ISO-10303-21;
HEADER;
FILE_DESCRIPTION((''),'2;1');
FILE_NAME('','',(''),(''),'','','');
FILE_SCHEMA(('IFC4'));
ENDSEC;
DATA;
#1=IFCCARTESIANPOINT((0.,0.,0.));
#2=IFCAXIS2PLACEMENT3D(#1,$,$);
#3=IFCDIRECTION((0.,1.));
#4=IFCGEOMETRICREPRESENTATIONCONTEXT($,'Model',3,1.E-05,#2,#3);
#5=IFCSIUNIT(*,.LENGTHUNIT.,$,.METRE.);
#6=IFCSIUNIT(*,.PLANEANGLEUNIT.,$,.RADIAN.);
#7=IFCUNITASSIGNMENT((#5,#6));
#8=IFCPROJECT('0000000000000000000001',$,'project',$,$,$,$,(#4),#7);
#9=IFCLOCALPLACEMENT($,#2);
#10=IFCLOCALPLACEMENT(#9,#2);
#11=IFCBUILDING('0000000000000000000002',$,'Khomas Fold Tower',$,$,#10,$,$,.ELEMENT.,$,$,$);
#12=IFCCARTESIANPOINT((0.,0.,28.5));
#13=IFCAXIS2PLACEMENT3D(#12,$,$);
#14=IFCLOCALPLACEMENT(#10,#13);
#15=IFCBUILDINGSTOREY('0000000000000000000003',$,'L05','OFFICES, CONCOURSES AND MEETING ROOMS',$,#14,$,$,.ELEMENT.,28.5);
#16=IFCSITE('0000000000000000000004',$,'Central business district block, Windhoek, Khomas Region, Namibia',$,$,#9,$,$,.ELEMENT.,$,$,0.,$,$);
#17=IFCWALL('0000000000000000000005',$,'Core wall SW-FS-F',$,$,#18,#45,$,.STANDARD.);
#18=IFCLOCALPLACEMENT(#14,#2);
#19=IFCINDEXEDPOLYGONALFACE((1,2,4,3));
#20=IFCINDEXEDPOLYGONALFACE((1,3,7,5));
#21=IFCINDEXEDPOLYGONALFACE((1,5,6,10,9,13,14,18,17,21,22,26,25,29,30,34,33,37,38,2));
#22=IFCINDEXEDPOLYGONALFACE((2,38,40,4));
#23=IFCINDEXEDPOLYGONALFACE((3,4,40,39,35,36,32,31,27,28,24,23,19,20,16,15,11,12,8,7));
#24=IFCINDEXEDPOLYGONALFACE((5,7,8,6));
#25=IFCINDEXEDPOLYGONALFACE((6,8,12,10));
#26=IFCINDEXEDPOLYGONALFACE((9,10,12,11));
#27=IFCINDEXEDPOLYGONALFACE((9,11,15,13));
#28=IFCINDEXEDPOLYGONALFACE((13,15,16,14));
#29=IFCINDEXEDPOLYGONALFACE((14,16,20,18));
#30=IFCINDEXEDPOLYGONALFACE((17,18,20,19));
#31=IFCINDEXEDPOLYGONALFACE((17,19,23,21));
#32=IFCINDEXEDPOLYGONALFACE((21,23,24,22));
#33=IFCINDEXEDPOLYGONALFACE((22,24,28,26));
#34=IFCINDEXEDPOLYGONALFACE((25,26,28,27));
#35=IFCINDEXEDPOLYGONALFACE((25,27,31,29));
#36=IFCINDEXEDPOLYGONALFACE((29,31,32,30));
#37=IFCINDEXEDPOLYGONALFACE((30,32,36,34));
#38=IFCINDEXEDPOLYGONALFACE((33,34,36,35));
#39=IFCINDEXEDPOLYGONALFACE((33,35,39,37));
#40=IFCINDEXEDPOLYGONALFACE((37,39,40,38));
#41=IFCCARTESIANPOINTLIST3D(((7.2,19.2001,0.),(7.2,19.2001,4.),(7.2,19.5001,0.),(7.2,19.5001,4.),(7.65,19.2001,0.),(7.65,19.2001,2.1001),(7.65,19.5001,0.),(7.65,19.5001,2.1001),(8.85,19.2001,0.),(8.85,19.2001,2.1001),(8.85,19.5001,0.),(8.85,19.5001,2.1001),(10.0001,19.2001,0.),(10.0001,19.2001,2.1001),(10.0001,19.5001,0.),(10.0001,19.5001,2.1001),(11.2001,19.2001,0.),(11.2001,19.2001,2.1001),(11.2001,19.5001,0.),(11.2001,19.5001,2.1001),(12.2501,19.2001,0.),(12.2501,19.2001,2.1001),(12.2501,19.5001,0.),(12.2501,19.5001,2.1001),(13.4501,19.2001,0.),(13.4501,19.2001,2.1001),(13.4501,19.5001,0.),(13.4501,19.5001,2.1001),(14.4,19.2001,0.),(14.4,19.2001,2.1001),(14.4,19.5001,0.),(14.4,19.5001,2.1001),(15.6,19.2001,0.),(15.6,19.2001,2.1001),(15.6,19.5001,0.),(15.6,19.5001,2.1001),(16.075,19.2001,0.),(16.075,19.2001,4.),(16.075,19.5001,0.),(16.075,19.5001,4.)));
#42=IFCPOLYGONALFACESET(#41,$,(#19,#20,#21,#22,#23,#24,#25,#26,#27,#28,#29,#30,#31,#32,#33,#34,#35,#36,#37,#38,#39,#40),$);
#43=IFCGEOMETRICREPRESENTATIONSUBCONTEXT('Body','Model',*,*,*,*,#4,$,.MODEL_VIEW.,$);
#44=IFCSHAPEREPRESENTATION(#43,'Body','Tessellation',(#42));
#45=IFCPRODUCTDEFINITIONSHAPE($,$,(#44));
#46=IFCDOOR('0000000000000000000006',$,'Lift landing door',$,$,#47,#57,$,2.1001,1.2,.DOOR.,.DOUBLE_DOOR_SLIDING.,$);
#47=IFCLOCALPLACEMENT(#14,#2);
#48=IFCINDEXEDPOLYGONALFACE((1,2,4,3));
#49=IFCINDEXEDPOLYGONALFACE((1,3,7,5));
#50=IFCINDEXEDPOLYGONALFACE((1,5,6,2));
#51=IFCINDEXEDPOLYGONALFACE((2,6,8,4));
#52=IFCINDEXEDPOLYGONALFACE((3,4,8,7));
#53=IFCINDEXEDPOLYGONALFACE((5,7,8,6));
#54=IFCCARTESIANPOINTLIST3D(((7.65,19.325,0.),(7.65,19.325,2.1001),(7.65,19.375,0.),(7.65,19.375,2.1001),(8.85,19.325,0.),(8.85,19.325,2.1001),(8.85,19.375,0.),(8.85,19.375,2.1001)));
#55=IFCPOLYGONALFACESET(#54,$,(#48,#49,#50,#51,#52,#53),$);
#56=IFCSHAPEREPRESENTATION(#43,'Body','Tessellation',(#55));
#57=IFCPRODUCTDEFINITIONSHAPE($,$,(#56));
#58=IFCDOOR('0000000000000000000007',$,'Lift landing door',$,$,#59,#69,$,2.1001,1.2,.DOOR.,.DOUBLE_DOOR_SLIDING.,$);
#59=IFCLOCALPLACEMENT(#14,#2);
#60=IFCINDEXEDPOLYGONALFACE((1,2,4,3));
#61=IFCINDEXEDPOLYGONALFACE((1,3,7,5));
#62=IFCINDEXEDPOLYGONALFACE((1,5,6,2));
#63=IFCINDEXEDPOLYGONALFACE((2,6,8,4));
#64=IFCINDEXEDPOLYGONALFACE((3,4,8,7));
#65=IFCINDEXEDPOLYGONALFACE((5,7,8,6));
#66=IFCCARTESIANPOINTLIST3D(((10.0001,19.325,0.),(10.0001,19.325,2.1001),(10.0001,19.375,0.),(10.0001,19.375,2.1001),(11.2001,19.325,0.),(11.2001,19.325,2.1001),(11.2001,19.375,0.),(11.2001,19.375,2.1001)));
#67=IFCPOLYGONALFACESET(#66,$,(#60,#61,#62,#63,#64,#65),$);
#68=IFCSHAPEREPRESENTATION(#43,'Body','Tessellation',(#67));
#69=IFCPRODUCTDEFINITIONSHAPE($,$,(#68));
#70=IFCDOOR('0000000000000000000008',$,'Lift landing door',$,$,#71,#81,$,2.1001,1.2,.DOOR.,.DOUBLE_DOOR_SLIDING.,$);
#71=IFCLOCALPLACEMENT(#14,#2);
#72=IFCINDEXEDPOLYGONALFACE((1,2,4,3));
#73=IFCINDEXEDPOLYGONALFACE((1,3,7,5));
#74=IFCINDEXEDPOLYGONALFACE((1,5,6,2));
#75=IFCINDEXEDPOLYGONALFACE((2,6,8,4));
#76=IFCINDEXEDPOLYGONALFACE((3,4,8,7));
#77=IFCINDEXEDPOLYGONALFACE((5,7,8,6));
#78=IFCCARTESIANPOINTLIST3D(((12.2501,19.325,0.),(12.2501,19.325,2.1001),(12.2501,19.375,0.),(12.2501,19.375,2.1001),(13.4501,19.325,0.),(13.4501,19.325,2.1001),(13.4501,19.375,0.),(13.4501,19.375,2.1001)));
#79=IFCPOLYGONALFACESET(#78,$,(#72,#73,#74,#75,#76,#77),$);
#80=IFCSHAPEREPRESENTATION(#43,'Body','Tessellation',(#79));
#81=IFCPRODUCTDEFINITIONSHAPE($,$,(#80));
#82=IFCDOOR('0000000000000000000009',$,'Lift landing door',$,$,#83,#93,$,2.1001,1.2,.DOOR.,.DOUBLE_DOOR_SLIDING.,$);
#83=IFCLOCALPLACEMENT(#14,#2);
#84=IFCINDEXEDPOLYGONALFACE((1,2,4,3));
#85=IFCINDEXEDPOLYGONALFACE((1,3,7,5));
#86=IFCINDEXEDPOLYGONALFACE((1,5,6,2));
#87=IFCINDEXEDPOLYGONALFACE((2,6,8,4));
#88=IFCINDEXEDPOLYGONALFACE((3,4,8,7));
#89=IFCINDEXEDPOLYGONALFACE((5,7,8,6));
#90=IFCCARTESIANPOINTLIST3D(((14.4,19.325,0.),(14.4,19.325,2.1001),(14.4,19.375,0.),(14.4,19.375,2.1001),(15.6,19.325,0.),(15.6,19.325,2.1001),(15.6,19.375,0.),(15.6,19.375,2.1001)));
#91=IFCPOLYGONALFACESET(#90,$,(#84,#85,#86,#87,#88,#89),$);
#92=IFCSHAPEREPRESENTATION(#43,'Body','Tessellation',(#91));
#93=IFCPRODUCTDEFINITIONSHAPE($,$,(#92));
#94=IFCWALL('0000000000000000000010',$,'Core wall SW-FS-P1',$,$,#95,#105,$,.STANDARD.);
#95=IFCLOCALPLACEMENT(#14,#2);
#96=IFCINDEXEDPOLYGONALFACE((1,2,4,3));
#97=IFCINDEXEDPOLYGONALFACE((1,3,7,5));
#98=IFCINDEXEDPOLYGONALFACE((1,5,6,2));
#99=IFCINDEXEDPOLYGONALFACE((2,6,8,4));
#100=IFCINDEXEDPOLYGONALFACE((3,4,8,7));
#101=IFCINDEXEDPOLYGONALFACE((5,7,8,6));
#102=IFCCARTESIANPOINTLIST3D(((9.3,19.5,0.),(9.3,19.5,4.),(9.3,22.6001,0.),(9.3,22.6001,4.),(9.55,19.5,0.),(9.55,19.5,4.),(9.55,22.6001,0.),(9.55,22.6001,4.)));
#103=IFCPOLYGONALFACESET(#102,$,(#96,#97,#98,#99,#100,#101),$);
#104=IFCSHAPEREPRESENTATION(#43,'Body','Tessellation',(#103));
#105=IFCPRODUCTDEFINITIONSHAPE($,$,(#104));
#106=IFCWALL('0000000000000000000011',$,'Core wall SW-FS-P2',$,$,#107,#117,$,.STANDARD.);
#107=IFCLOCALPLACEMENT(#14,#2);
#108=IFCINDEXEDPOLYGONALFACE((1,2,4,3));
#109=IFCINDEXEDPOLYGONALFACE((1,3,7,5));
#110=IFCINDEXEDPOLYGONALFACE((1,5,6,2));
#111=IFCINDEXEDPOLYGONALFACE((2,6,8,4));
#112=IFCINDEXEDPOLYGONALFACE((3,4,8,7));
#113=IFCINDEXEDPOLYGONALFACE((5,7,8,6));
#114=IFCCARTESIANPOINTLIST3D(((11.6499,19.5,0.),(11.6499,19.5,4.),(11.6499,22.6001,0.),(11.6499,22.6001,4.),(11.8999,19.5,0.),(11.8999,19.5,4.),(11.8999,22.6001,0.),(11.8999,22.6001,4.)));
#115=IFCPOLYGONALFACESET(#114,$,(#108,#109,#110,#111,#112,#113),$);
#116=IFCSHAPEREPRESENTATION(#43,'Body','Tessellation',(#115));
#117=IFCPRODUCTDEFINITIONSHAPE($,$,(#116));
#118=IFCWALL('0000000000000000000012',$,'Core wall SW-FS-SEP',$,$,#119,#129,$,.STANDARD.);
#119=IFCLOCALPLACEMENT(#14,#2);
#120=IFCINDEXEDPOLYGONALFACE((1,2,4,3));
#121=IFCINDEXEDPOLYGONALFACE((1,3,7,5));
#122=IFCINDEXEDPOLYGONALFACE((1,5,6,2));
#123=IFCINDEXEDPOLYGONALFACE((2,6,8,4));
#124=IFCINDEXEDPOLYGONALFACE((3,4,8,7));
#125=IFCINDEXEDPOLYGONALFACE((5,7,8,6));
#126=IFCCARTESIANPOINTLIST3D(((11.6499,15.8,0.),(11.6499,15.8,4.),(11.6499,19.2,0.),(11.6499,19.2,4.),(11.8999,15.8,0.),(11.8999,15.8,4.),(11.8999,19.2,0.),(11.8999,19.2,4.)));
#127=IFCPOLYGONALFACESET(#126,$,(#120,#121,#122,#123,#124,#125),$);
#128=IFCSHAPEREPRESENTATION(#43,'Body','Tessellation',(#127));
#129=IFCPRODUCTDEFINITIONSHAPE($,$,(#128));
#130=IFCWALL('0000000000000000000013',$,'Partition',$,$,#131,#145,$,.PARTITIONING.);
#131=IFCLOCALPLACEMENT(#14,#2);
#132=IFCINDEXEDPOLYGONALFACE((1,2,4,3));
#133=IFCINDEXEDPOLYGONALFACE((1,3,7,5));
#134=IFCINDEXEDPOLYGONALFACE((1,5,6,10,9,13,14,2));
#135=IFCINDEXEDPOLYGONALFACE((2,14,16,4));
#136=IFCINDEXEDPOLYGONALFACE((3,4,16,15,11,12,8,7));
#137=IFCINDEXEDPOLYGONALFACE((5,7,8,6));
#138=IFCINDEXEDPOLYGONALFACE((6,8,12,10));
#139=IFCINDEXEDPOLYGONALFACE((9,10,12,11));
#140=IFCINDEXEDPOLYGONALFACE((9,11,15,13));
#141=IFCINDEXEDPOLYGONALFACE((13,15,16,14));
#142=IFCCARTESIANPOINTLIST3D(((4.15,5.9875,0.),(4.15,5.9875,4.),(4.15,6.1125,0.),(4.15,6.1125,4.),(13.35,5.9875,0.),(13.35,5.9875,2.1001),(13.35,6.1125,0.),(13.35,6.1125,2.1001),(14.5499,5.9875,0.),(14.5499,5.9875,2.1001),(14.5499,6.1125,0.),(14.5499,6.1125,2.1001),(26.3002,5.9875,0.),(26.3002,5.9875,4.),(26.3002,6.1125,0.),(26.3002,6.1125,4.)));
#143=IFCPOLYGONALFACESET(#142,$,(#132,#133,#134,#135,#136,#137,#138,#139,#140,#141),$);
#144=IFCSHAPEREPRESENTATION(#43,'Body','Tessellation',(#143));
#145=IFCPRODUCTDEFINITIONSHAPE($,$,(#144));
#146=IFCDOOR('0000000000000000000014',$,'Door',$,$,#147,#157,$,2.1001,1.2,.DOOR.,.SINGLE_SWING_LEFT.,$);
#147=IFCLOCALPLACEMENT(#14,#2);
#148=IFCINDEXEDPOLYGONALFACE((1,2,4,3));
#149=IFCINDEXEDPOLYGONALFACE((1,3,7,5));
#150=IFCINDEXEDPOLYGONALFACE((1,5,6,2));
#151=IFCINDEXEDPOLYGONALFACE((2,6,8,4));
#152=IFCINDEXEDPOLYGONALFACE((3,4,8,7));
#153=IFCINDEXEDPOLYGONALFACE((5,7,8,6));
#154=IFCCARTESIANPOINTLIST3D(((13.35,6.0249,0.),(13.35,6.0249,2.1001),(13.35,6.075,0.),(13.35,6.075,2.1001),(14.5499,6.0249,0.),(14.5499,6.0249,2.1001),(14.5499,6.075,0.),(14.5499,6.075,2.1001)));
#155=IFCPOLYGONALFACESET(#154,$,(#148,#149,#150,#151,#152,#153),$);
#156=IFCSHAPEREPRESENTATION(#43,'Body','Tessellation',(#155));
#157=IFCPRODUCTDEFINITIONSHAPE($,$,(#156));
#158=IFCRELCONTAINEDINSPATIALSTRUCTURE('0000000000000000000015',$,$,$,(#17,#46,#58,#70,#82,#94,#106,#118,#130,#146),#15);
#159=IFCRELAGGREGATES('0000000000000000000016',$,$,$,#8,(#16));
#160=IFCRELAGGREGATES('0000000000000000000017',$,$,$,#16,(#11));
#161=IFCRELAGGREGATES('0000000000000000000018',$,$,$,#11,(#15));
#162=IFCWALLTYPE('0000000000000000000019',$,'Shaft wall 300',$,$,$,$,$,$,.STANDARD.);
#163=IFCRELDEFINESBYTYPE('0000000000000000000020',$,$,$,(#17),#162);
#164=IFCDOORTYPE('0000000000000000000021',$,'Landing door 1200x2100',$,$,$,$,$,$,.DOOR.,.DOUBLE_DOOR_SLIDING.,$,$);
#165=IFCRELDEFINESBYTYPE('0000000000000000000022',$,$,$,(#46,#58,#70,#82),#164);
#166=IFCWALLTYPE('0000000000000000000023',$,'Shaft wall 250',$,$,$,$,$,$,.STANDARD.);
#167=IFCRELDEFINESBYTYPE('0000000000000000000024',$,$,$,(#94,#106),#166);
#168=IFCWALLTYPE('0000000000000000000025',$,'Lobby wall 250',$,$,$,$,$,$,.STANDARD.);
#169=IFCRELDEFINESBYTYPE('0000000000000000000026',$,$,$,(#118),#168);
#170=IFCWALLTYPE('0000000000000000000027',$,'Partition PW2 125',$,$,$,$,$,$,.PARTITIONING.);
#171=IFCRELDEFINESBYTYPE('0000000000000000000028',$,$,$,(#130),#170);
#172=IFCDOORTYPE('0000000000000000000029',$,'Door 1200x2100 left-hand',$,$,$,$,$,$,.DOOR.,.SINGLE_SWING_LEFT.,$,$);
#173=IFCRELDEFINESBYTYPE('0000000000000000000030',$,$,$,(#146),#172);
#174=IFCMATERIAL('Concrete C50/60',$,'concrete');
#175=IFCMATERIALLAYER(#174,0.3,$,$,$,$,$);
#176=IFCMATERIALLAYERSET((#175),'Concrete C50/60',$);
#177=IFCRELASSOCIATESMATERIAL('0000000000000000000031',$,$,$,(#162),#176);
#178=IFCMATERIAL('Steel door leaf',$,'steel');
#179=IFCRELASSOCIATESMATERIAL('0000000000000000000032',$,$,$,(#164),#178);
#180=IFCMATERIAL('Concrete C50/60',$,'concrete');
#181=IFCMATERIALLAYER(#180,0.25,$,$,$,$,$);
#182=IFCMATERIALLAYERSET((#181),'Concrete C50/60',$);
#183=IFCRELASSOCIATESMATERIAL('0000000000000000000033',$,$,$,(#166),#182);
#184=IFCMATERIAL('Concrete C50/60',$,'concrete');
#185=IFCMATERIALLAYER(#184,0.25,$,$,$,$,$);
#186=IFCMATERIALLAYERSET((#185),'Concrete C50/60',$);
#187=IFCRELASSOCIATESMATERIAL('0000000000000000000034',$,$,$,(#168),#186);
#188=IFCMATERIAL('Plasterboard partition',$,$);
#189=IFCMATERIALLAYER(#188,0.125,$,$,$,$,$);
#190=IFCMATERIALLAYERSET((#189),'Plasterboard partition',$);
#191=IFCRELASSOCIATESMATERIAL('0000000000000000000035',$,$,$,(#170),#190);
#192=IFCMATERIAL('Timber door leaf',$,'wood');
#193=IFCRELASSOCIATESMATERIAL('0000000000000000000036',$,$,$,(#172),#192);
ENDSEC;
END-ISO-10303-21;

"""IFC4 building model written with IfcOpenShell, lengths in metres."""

from ifc_helpers import new_model, si_unit, direction, frame, frame_2d, origin, place, context, subcontext, project, spatial, rectangle, extrude, source, transform, mapped, material, layer, layer_set, type_object, element, fill, save


model = new_model("IFC4")

# Units and contexts
model_context = context("Model", 3, precision=1e-05, world=origin(), true_north=direction((0.0, 1.0)))
body_context = subcontext(model_context, "Body", "Model", "MODEL_VIEW")
ifc_project = project(units=[si_unit("LENGTHUNIT", "METRE"), si_unit("PLANEANGLEUNIT", "RADIAN")], contexts=[model_context])

# Site, building, storey
site_placement = place(None, origin())
site = spatial("IfcSite", under=ifc_project, at=site_placement, Name="Central business district block, Windhoek, Khomas Region, Namibia", CompositionType="ELEMENT", RefElevation=0.0)
building_placement = place(site_placement, origin())
building = spatial("IfcBuilding", under=site, at=building_placement, Name="Khomas Fold Tower", CompositionType="ELEMENT")
storey_placement = place(building_placement, frame((0.0, 0.0, 28.5)))
storey = spatial("IfcBuildingStorey", under=building, at=storey_placement, Name="L05", Description="OFFICES, CONCOURSES AND MEETING ROOMS", CompositionType="ELEMENT", Elevation=28.5)

# Wall, openings, doors
ifc_material_1 = material(Name="Concrete C50/60", Category="concrete")
ifc_layer_1 = layer(ifc_material_1, 0.3)
ifc_layer_set_1 = layer_set([ifc_layer_1], Name="Concrete C50/60")
wall_type_1 = type_object("IfcWallType", Name="Shaft wall 300", PredefinedType="STANDARD", material=ifc_layer_set_1)
shared_shape_1 = source(origin(), body_context, "Body", "SweptSolid", [
    extrude(rectangle(XDim=8.875, YDim=0.3, at=frame_2d((4.4375, 0.0))), origin(), (0.0, 0.0, 1.0), 4.0),
])
wall_1_placement = place(storey_placement, frame((7.2, 19.3501, 0.0), z_axis=(0.0, 0.0, 1.0), x_axis=(1.0, 0.0, 0.0)))
wall_1 = element("IfcWall", 1, at=wall_1_placement, inside=storey, type_object=wall_type_1, Name="Core wall SW-FS-F", PredefinedType="STANDARD", context=body_context, shape_type="MappedRepresentation", body=[
    mapped(shared_shape_1, transform((0.0, 0.0, 0.0))),
])
shared_shape_2 = source(origin(), body_context, "Body", "SweptSolid", [
    extrude(rectangle(XDim=1.2, YDim=2.1001, at=frame_2d((0.6001, 1.05))), frame((0.0, 0.1599, 0.0), z_axis=(0.0, -1.0, 0.0), x_axis=(1.0, 0.0, 0.0)), (0.0, 0.0, 1.0), 0.3201),
])
opening_1_placement = place(wall_1_placement, frame((0.45, 0.0, 0.0)))
opening_1 = element("IfcOpeningElement", 2, at=opening_1_placement, cuts=wall_1, PredefinedType="OPENING", context=body_context, shape_type="MappedRepresentation", body=[
    mapped(shared_shape_2, transform((0.0, 0.0, 0.0))),
])
opening_2_placement = place(wall_1_placement, frame((2.8, 0.0, 0.0)))
opening_2 = element("IfcOpeningElement", 3, at=opening_2_placement, cuts=wall_1, PredefinedType="OPENING", context=body_context, shape_type="MappedRepresentation", body=[
    mapped(shared_shape_2, transform((0.0, 0.0, 0.0))),
])
opening_3_placement = place(wall_1_placement, frame((5.05, 0.0, 0.0)))
opening_3 = element("IfcOpeningElement", 4, at=opening_3_placement, cuts=wall_1, PredefinedType="OPENING", context=body_context, shape_type="MappedRepresentation", body=[
    mapped(shared_shape_2, transform((0.0, 0.0, 0.0))),
])
opening_4_placement = place(wall_1_placement, frame((7.2, 0.0, 0.0)))
opening_4 = element("IfcOpeningElement", 5, at=opening_4_placement, cuts=wall_1, PredefinedType="OPENING", context=body_context, shape_type="MappedRepresentation", body=[
    mapped(shared_shape_2, transform((0.0, 0.0, 0.0))),
])
ifc_material_2 = material(Name="Steel door leaf", Category="steel")
door_type_1 = type_object("IfcDoorType", Name="Landing door 1200x2100", OperationType="DOUBLE_DOOR_SLIDING", PredefinedType="DOOR", material=ifc_material_2)
shared_shape_3 = source(origin(), body_context, "Body", "SweptSolid", [
    extrude(rectangle(XDim=1.2, YDim=2.1001, at=frame_2d((0.6001, 1.05))), frame((0.0, 0.0249, 0.0), z_axis=(0.0, -1.0, 0.0), x_axis=(1.0, 0.0, 0.0)), (0.0, 0.0, 1.0), 0.05),
])
door_1_placement = place(opening_1_placement, origin())
door_1 = element("IfcDoor", 6, at=door_1_placement, inside=storey, type_object=door_type_1, Name="Lift landing door", OperationType="DOUBLE_DOOR_SLIDING", OverallHeight=2.1001, OverallWidth=1.2, PredefinedType="DOOR", context=body_context, shape_type="MappedRepresentation", body=[
    mapped(shared_shape_3, transform((0.0, 0.0, 0.0))),
])
fill(opening_1, door_1)
door_2_placement = place(opening_2_placement, origin())
door_2 = element("IfcDoor", 7, at=door_2_placement, inside=storey, type_object=door_type_1, Name="Lift landing door", OperationType="DOUBLE_DOOR_SLIDING", OverallHeight=2.1001, OverallWidth=1.2, PredefinedType="DOOR", context=body_context, shape_type="MappedRepresentation", body=[
    mapped(shared_shape_3, transform((0.0, 0.0, 0.0))),
])
fill(opening_2, door_2)
door_3_placement = place(opening_3_placement, origin())
door_3 = element("IfcDoor", 8, at=door_3_placement, inside=storey, type_object=door_type_1, Name="Lift landing door", OperationType="DOUBLE_DOOR_SLIDING", OverallHeight=2.1001, OverallWidth=1.2, PredefinedType="DOOR", context=body_context, shape_type="MappedRepresentation", body=[
    mapped(shared_shape_3, transform((0.0, 0.0, 0.0))),
])
fill(opening_3, door_3)
door_4_placement = place(opening_4_placement, origin())
door_4 = element("IfcDoor", 9, at=door_4_placement, inside=storey, type_object=door_type_1, Name="Lift landing door", OperationType="DOUBLE_DOOR_SLIDING", OverallHeight=2.1001, OverallWidth=1.2, PredefinedType="DOOR", context=body_context, shape_type="MappedRepresentation", body=[
    mapped(shared_shape_3, transform((0.0, 0.0, 0.0))),
])
fill(opening_4, door_4)

# Walls
ifc_material_3 = material(Name="Concrete C50/60", Category="concrete")
ifc_layer_2 = layer(ifc_material_3, 0.25)
ifc_layer_set_2 = layer_set([ifc_layer_2], Name="Concrete C50/60")
wall_type_2 = type_object("IfcWallType", Name="Shaft wall 250", PredefinedType="STANDARD", material=ifc_layer_set_2)
shared_shape_4 = source(origin(), body_context, "Body", "SweptSolid", [
    extrude(rectangle(XDim=3.1001, YDim=0.25, at=frame_2d((1.55, 0.0))), origin(), (0.0, 0.0, 1.0), 4.0),
])
for number, where, z_axis, x_axis, name in (
    (10, (9.425, 19.5, 0.0), (0.0, 0.0, 1.0), (0.0, 1.0, 0.0), "Core wall SW-FS-P1"),
    (11, (11.7749, 19.5, 0.0), (0.0, 0.0, 1.0), (0.0, 1.0, 0.0), "Core wall SW-FS-P2"),
):
    element("IfcWall", number, at=place(storey_placement, frame(where, z_axis=z_axis, x_axis=x_axis)), inside=storey, type_object=wall_type_2, Name=name, PredefinedType="STANDARD", context=body_context, shape_type="MappedRepresentation", body=[
        mapped(shared_shape_4, transform((0.0, 0.0, 0.0))),
    ])
ifc_material_4 = material(Name="Concrete C50/60", Category="concrete")
ifc_layer_3 = layer(ifc_material_4, 0.25)
ifc_layer_set_3 = layer_set([ifc_layer_3], Name="Concrete C50/60")
wall_type_3 = type_object("IfcWallType", Name="Lobby wall 250", PredefinedType="STANDARD", material=ifc_layer_set_3)
shared_shape_5 = source(origin(), body_context, "Body", "SweptSolid", [
    extrude(rectangle(XDim=3.3999, YDim=0.25, at=frame_2d((1.7, 0.0))), origin(), (0.0, 0.0, 1.0), 4.0),
])
wall_2_placement = place(storey_placement, frame((11.7749, 15.8, 0.0), z_axis=(0.0, 0.0, 1.0), x_axis=(0.0, 1.0, 0.0)))
element("IfcWall", 12, at=wall_2_placement, inside=storey, type_object=wall_type_3, Name="Core wall SW-FS-SEP", PredefinedType="STANDARD", context=body_context, shape_type="MappedRepresentation", body=[
    mapped(shared_shape_5, transform((0.0, 0.0, 0.0))),
])

# Wall, opening, door
ifc_material_5 = material(Name="Plasterboard partition")
ifc_layer_4 = layer(ifc_material_5, 0.125)
ifc_layer_set_4 = layer_set([ifc_layer_4], Name="Plasterboard partition")
wall_type_4 = type_object("IfcWallType", Name="Partition PW2 125", PredefinedType="PARTITIONING", material=ifc_layer_set_4)
shared_shape_6 = source(origin(), body_context, "Body", "SweptSolid", [
    extrude(rectangle(XDim=22.1501, YDim=0.125, at=frame_2d((11.0752, 0.0))), origin(), (0.0, 0.0, 1.0), 4.0),
])
wall_3_placement = place(storey_placement, frame((4.1499, 6.05, 0.0), z_axis=(0.0, 0.0, 1.0), x_axis=(1.0, 0.0, 0.0)))
wall_3 = element("IfcWall", 13, at=wall_3_placement, inside=storey, type_object=wall_type_4, Name="Partition", PredefinedType="PARTITIONING", context=body_context, shape_type="MappedRepresentation", body=[
    mapped(shared_shape_6, transform((0.0, 0.0, 0.0))),
])
shared_shape_7 = source(origin(), body_context, "Body", "SweptSolid", [
    extrude(rectangle(XDim=1.2, YDim=2.1001, at=frame_2d((0.6001, 1.05))), frame((0.0, 0.0725, 0.0), z_axis=(0.0, -1.0, 0.0), x_axis=(1.0, 0.0, 0.0)), (0.0, 0.0, 1.0), 0.145),
])
opening_5_placement = place(wall_3_placement, frame((9.2, 0.0, 0.0)))
opening_5 = element("IfcOpeningElement", 14, at=opening_5_placement, cuts=wall_3, PredefinedType="OPENING", context=body_context, shape_type="MappedRepresentation", body=[
    mapped(shared_shape_7, transform((0.0, 0.0, 0.0))),
])
ifc_material_6 = material(Name="Timber door leaf", Category="wood")
door_type_2 = type_object("IfcDoorType", Name="Door 1200x2100 left-hand", OperationType="SINGLE_SWING_LEFT", PredefinedType="DOOR", material=ifc_material_6)
door_5_placement = place(opening_5_placement, origin())
door_5 = element("IfcDoor", 15, at=door_5_placement, inside=storey, type_object=door_type_2, Name="Door", OperationType="SINGLE_SWING_LEFT", OverallHeight=2.1001, OverallWidth=1.2, PredefinedType="DOOR", context=body_context, shape_type="MappedRepresentation", body=[
    mapped(shared_shape_3, transform((0.0, 0.0, 0.0))),
])
fill(opening_5, door_5)

save(model, "model.ifc")
